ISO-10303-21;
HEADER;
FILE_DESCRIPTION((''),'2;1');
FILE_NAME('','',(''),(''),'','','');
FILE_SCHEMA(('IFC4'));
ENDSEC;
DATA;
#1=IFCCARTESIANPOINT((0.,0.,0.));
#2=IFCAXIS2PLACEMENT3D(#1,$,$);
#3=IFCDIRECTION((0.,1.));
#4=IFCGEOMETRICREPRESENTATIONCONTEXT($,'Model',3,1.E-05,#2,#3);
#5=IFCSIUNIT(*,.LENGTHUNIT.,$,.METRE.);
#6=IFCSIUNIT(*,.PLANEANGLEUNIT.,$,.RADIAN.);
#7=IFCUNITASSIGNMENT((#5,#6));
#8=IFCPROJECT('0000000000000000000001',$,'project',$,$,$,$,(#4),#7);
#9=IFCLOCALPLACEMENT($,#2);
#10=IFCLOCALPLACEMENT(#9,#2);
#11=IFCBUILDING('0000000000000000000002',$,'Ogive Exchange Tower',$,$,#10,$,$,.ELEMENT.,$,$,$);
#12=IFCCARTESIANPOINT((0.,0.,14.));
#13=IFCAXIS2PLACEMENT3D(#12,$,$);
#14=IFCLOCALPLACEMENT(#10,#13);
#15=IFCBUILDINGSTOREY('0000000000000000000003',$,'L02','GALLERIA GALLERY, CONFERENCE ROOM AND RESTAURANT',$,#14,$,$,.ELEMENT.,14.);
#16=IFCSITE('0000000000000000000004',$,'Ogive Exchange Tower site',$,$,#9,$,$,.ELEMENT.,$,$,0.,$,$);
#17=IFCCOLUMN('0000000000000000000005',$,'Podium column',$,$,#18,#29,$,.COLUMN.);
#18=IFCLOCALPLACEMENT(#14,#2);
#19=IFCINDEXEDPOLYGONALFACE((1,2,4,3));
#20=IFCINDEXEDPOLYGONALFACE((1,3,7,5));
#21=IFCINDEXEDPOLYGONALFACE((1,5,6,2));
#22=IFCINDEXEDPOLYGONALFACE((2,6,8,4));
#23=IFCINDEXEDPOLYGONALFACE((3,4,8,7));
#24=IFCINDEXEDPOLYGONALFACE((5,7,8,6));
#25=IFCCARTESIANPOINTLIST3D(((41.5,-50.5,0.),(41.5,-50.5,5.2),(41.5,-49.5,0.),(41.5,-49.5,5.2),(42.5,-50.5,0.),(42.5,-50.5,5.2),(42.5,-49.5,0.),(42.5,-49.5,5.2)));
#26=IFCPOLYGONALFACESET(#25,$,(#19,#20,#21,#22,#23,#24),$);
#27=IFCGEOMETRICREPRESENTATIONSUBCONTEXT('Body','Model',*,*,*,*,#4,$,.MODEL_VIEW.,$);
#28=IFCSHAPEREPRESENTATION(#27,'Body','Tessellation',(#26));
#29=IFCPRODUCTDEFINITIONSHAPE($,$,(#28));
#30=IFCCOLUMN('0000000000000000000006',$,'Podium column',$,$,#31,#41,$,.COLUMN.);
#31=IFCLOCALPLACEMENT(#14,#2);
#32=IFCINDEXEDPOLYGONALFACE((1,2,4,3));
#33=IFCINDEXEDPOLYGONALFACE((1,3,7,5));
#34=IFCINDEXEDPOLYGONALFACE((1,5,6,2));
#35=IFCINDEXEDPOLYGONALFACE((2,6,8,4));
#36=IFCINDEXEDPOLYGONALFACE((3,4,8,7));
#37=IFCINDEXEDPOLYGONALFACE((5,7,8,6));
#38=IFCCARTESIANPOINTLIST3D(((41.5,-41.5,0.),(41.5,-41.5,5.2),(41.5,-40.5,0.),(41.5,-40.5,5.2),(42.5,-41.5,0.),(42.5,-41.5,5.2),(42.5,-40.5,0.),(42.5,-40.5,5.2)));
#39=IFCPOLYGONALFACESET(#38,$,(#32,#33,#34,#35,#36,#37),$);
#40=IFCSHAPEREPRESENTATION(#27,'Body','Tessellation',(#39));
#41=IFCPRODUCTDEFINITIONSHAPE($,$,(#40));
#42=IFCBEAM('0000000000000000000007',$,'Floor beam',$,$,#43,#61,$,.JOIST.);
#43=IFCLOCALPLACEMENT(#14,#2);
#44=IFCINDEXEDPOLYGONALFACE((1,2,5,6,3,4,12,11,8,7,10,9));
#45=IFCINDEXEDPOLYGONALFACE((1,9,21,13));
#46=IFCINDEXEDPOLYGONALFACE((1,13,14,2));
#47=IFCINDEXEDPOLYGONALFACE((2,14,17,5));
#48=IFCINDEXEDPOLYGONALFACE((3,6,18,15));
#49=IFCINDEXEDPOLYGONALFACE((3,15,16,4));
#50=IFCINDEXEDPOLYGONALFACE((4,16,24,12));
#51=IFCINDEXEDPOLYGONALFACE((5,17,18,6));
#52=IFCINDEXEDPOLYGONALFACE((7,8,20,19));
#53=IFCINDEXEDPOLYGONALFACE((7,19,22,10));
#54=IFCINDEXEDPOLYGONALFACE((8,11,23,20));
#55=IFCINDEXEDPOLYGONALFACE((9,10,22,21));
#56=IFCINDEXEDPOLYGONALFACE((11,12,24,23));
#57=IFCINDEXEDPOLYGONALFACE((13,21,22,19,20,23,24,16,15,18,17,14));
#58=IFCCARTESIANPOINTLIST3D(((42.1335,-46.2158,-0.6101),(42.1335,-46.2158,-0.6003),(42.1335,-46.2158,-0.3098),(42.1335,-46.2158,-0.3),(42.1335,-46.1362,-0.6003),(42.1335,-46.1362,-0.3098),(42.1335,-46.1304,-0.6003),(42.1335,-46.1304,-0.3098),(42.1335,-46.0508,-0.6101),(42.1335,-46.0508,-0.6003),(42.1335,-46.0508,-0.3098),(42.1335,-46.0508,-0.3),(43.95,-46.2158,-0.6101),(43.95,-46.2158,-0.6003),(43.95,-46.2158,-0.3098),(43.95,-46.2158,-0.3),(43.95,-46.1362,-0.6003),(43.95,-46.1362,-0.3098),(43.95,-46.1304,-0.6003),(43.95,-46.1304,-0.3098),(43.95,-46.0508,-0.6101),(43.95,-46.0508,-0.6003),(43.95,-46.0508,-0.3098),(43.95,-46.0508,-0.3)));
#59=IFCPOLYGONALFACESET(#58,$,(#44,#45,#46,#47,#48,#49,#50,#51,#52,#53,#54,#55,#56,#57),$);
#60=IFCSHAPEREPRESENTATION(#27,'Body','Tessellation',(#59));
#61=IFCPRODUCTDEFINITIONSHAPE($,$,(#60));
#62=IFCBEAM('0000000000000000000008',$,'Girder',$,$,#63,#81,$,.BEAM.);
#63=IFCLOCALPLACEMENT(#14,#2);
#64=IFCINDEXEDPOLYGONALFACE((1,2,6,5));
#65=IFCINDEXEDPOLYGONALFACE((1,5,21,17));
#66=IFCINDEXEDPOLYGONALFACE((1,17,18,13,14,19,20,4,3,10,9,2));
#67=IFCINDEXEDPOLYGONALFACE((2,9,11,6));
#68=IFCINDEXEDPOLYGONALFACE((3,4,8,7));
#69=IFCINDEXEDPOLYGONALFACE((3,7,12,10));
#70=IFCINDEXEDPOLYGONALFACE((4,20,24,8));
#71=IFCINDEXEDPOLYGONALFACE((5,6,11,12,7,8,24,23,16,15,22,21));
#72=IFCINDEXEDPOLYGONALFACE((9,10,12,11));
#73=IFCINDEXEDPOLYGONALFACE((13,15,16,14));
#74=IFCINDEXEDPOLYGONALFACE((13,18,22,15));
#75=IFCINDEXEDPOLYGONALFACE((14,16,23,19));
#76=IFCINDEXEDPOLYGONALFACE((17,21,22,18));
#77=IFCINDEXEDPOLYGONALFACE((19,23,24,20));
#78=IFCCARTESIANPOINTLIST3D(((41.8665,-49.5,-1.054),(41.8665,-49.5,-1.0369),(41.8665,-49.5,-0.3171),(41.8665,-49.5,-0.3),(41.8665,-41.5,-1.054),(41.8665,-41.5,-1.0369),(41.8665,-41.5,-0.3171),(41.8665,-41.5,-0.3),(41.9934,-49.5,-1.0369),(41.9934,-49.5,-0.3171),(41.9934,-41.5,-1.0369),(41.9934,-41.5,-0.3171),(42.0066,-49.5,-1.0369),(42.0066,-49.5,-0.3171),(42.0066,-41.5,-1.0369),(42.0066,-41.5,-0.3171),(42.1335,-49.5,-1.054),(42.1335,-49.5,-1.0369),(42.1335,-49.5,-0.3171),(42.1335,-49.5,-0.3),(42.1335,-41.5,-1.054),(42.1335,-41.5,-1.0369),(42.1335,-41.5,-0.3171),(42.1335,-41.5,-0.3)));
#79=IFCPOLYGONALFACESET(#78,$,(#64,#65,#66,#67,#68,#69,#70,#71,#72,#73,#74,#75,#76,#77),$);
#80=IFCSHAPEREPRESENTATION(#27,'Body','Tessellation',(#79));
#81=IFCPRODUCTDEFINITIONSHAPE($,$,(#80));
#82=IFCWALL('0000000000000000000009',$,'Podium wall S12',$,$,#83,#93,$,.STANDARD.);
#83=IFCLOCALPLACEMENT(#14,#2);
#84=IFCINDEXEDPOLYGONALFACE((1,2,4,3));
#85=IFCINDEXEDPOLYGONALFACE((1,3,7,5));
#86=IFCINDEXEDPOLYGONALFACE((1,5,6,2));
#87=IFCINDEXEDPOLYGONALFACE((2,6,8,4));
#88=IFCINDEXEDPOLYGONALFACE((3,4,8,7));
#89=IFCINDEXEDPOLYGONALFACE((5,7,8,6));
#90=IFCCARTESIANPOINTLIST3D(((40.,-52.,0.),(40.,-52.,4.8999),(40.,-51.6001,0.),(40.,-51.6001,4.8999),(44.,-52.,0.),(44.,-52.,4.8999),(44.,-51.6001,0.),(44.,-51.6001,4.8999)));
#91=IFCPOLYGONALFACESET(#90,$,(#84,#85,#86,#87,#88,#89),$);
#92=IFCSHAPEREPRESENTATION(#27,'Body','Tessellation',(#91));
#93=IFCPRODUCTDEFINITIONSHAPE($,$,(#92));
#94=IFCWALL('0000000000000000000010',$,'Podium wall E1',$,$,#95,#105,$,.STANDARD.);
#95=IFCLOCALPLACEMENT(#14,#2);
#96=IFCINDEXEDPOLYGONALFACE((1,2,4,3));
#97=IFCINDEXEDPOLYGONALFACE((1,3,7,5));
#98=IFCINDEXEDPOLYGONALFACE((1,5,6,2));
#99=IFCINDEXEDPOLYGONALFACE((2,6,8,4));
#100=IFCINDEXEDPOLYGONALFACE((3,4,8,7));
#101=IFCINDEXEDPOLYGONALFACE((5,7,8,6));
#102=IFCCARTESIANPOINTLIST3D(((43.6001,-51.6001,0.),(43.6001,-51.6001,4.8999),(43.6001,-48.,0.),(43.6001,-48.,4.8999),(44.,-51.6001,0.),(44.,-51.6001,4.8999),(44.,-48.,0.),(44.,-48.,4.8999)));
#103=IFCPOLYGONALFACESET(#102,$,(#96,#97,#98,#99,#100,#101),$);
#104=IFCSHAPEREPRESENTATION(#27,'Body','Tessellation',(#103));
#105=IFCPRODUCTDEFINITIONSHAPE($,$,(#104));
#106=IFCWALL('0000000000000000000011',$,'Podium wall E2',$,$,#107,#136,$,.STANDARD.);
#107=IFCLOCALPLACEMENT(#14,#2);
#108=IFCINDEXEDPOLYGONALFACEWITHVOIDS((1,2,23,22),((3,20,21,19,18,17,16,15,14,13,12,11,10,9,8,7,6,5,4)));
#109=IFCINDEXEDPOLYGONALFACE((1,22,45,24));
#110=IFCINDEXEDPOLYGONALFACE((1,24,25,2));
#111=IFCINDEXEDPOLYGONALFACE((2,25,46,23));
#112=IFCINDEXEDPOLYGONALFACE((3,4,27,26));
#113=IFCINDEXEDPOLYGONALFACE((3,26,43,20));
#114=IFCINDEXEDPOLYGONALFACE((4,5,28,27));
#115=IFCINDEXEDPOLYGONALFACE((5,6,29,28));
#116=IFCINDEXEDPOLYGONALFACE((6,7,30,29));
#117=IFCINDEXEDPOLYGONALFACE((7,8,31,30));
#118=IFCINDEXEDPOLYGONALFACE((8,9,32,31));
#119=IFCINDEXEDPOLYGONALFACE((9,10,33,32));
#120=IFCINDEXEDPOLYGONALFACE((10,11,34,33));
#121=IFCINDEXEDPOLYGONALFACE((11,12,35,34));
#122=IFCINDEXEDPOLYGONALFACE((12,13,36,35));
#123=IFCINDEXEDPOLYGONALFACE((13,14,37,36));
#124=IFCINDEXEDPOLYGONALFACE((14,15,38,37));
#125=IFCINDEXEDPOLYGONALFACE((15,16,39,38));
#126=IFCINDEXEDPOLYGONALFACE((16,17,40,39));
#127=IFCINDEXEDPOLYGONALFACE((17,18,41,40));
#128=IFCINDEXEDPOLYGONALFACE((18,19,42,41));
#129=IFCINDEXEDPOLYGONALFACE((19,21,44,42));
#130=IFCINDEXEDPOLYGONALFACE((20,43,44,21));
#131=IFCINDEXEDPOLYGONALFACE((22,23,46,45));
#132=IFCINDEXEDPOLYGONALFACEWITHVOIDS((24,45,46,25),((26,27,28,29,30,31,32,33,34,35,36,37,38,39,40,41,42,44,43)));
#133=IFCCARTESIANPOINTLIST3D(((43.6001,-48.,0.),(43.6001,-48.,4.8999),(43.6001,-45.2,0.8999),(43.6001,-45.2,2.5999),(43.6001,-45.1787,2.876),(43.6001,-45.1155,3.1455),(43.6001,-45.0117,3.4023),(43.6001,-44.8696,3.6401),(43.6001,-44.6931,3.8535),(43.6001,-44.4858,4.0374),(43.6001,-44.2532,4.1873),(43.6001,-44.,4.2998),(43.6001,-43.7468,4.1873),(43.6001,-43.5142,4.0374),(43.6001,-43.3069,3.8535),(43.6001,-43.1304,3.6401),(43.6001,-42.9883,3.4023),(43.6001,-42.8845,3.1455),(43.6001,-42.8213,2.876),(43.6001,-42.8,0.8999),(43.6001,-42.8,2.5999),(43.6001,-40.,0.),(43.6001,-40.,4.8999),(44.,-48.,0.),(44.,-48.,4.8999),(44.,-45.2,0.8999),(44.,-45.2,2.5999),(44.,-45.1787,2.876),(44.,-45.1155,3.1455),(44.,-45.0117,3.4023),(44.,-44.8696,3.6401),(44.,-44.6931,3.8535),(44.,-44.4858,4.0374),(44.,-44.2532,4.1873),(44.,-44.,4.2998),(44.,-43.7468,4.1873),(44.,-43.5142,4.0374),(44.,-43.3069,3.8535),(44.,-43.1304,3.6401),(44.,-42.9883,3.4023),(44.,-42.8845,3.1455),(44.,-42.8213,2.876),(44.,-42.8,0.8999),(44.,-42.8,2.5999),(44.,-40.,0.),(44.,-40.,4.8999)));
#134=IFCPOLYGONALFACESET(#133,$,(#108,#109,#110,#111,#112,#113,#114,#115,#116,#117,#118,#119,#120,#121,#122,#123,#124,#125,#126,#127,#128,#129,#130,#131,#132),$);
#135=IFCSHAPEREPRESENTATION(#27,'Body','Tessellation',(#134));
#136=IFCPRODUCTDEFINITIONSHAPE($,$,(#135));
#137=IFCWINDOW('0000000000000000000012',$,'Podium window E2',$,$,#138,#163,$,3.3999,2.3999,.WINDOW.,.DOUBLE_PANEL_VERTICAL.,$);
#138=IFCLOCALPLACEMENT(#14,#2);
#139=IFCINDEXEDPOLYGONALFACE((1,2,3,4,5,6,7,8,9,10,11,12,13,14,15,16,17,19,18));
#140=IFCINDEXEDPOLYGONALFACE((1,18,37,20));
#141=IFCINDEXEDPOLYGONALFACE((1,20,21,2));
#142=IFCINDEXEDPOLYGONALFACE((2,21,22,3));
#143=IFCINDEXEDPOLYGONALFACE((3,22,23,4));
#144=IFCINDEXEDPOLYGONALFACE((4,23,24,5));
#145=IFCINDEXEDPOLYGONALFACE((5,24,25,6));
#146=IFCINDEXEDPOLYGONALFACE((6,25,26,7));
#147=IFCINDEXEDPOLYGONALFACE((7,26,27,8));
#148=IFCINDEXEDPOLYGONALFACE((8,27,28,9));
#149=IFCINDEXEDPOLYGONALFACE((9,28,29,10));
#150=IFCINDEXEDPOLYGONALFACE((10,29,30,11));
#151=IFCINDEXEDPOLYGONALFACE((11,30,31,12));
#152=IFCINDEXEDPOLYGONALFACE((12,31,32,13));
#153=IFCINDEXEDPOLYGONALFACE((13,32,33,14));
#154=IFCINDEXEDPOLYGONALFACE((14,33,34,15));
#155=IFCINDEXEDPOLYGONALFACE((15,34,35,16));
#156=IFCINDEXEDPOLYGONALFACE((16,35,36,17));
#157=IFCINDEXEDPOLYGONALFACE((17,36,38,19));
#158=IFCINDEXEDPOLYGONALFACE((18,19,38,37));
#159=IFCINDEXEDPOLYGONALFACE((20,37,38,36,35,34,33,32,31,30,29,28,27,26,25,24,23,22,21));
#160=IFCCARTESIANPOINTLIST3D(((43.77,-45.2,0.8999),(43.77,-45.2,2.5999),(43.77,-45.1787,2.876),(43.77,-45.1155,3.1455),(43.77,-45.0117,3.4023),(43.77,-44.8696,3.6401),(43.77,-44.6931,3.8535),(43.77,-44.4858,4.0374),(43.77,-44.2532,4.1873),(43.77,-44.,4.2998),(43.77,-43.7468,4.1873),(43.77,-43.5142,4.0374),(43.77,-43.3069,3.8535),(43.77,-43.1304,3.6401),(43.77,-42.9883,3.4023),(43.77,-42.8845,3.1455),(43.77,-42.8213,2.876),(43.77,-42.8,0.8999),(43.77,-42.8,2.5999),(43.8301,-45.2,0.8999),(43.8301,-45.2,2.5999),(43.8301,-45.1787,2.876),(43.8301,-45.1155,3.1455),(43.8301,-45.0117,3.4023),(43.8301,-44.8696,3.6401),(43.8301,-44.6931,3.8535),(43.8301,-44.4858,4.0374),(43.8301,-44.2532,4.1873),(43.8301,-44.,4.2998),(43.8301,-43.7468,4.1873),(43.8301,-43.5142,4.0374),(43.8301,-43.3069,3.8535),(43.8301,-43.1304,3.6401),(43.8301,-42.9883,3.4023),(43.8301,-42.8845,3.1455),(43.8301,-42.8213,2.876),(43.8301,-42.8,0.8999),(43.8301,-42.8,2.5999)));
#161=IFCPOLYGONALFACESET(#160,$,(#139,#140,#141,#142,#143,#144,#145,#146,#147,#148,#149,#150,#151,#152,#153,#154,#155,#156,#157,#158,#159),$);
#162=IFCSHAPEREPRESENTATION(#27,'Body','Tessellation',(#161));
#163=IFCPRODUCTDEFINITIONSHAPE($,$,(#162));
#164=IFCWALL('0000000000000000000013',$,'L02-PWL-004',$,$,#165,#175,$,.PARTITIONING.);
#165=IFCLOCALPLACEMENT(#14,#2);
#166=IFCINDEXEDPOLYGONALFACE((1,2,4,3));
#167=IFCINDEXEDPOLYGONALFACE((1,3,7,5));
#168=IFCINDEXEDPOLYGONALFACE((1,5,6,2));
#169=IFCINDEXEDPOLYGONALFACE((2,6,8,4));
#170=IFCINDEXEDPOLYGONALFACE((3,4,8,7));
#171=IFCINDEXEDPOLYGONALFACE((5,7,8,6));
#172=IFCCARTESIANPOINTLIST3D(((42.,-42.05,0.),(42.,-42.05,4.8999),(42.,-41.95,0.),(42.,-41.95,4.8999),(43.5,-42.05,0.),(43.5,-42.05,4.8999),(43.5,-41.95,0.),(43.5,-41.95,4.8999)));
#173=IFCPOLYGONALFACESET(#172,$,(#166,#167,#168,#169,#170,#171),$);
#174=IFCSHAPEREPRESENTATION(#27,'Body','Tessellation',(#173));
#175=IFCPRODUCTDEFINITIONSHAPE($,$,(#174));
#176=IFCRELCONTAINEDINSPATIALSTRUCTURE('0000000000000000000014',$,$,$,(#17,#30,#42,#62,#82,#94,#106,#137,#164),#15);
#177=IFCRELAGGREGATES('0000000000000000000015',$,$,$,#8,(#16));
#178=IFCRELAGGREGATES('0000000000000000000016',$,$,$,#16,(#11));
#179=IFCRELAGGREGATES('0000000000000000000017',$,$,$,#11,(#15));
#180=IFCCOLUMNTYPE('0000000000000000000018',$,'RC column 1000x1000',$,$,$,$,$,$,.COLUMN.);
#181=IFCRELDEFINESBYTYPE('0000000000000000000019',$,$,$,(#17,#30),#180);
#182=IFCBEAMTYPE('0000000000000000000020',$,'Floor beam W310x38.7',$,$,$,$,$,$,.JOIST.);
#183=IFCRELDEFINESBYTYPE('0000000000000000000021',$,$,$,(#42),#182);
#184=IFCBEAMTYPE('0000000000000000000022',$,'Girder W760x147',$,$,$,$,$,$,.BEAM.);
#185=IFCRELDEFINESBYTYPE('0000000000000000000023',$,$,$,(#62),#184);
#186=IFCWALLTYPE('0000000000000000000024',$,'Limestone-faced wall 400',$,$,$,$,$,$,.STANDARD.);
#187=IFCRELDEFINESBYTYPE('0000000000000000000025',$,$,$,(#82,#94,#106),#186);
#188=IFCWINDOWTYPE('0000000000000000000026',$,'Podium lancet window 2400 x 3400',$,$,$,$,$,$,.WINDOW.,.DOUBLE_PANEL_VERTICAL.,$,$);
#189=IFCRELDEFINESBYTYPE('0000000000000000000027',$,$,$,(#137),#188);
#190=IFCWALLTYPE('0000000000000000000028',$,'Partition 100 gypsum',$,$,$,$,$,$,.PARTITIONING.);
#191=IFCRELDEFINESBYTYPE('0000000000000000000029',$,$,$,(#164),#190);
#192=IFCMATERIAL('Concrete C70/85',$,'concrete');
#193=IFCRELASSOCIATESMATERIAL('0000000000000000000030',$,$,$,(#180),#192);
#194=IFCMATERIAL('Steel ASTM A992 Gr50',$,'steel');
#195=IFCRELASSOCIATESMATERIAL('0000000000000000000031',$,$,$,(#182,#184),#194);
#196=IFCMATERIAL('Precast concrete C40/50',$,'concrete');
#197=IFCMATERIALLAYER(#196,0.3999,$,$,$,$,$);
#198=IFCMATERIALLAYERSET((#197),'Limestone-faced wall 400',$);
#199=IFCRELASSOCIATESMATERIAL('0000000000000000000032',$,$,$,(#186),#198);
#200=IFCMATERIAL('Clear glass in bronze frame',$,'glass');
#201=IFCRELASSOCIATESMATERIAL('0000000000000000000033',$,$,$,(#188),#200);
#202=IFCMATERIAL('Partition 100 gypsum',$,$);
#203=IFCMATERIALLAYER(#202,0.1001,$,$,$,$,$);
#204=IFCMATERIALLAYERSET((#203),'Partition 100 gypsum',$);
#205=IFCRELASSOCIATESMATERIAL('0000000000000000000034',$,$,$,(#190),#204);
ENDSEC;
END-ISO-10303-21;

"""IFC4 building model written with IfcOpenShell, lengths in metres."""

from ifc_helpers import new_model, si_unit, direction, frame, frame_2d, origin, origin_2d, place, context, subcontext, project, spatial, polyline, rectangle, i_section, outline, extrude, material, layer, layer_set, material_profile, profile_set, type_object, element, fill, save


model = new_model("IFC4")

# Units and contexts
model_context = context("Model", 3, precision=1e-05, world=origin(), true_north=direction((0.0, 1.0)))
body_context = subcontext(model_context, "Body", "Model", "MODEL_VIEW")
ifc_project = project(units=[si_unit("LENGTHUNIT", "METRE"), si_unit("PLANEANGLEUNIT", "RADIAN")], contexts=[model_context])

# Site, building, storey
site_placement = place(None, origin())
site = spatial("IfcSite", under=ifc_project, at=site_placement, Name="Ogive Exchange Tower site", CompositionType="ELEMENT", RefElevation=0.0)
building_placement = place(site_placement, origin())
building = spatial("IfcBuilding", under=site, at=building_placement, Name="Ogive Exchange Tower", CompositionType="ELEMENT")
storey_placement = place(building_placement, frame((0.0, 0.0, 14.0)))
storey = spatial("IfcBuildingStorey", under=building, at=storey_placement, Name="L02", Description="GALLERIA GALLERY, CONFERENCE ROOM AND RESTAURANT", CompositionType="ELEMENT", Elevation=14.0)

# Columns
ifc_material_1 = material(Name="Concrete C70/85", Category="concrete")
ifc_material_profile_1 = material_profile(ifc_material_1, rectangle(XDim=1.0, YDim=1.0, at=origin_2d()), Name="RC 1000x1000")
ifc_profile_set_1 = profile_set([ifc_material_profile_1], Name="Concrete C70/85")
column_type = type_object("IfcColumnType", Name="RC column 1000x1000", PredefinedType="COLUMN", material=ifc_profile_set_1)
for number, where, z_axis, x_axis, name in (
    (1, (42.0, -50.0, 0.0), (0.0, 0.0, 1.0), (1.0, 0.0, 0.0), "Podium column"),
    (2, (42.0, -41.0, 0.0), (0.0, 0.0, 1.0), (1.0, 0.0, 0.0), "Podium column"),
):
    element("IfcColumn", number, at=place(storey_placement, frame(where, z_axis=z_axis, x_axis=x_axis)), inside=storey, type_object=column_type, Name=name, PredefinedType="COLUMN", context=body_context, shape_type="SweptSolid", body=[
        extrude(rectangle(XDim=1.0, YDim=1.0, at=origin_2d()), origin(), (0.0, 0.0, 1.0), 5.2),
    ])

# Beams
ifc_material_2 = material(Name="Steel ASTM A992 Gr50", Category="steel")
ifc_material_profile_2 = material_profile(ifc_material_2, i_section(OverallWidth=0.165, OverallDepth=0.3101, WebThickness=0.0059, FlangeThickness=0.0098, at=origin_2d()), Name="W310x38.7")
ifc_profile_set_2 = profile_set([ifc_material_profile_2], Name="Steel ASTM A992 Gr50")
beam_type_1 = type_object("IfcBeamType", Name="Floor beam W310x38.7", PredefinedType="JOIST", material=ifc_profile_set_2)
beam_1_placement = place(storey_placement, frame((42.1335, -46.1333, -0.4551), z_axis=(1.0, 0.0, 0.0), x_axis=(0.0, 1.0, 0.0)))
element("IfcBeam", 3, at=beam_1_placement, inside=storey, type_object=beam_type_1, Name="Floor beam", PredefinedType="JOIST", context=body_context, shape_type="SweptSolid", body=[
    extrude(i_section(OverallWidth=0.165, OverallDepth=0.3101, WebThickness=0.0059, FlangeThickness=0.0098, at=origin_2d()), origin(), (0.0, 0.0, 1.0), 1.8164),
])
ifc_material_profile_3 = material_profile(ifc_material_2, i_section(OverallWidth=0.2671, OverallDepth=0.7539, WebThickness=0.0132, FlangeThickness=0.0171, at=origin_2d()), Name="W760x147")
ifc_profile_set_3 = profile_set([ifc_material_profile_3], Name="Steel ASTM A992 Gr50")
beam_type_2 = type_object("IfcBeamType", Name="Girder W760x147", PredefinedType="BEAM", material=ifc_profile_set_3)
beam_2_placement = place(storey_placement, frame((42.0, -49.5, -0.677), z_axis=(0.0, 1.0, 0.0), x_axis=(-1.0, 0.0, 0.0)))
element("IfcBeam", 4, at=beam_2_placement, inside=storey, type_object=beam_type_2, Name="Girder", PredefinedType="BEAM", context=body_context, shape_type="SweptSolid", body=[
    extrude(i_section(OverallWidth=0.2671, OverallDepth=0.7539, WebThickness=0.0132, FlangeThickness=0.0171, at=origin_2d()), origin(), (0.0, 0.0, 1.0), 8.0),
])

# Walls
ifc_material_3 = material(Name="Precast concrete C40/50", Category="concrete")
ifc_layer_1 = layer(ifc_material_3, 0.3999)
ifc_layer_set_1 = layer_set([ifc_layer_1], Name="Limestone-faced wall 400")
wall_type_1 = type_object("IfcWallType", Name="Limestone-faced wall 400", PredefinedType="STANDARD", material=ifc_layer_set_1)
wall_1_placement = place(storey_placement, frame((40.0, -51.8, 0.0), z_axis=(0.0, 0.0, 1.0), x_axis=(1.0, 0.0, 0.0)))
element("IfcWall", 5, at=wall_1_placement, inside=storey, type_object=wall_type_1, Name="Podium wall S12", PredefinedType="STANDARD", context=body_context, shape_type="SweptSolid", body=[
    extrude(rectangle(XDim=4.0, YDim=0.3999, at=frame_2d((2.0, 0.0))), origin(), (0.0, 0.0, 1.0), 4.8999),
])
wall_2_placement = place(storey_placement, frame((43.8, -51.6001, 0.0), z_axis=(0.0, 0.0, 1.0), x_axis=(0.0, 1.0, 0.0)))
element("IfcWall", 6, at=wall_2_placement, inside=storey, type_object=wall_type_1, Name="Podium wall E1", PredefinedType="STANDARD", context=body_context, shape_type="SweptSolid", body=[
    extrude(rectangle(XDim=3.6001, YDim=0.3999, at=frame_2d((1.8, 0.0))), origin(), (0.0, 0.0, 1.0), 4.8999),
])

# Wall, opening, window
wall_3_placement = place(storey_placement, frame((43.8, -48.0, 0.0), z_axis=(0.0, 0.0, 1.0), x_axis=(0.0, 1.0, 0.0)))
wall_3 = element("IfcWall", 7, at=wall_3_placement, inside=storey, type_object=wall_type_1, Name="Podium wall E2", PredefinedType="STANDARD", context=body_context, shape_type="SweptSolid", body=[
    extrude(rectangle(XDim=8.0, YDim=0.3999, at=frame_2d((4.0, 0.0))), origin(), (0.0, 0.0, 1.0), 4.8999),
])
opening_1_placement = place(wall_3_placement, frame((2.8, 0.0, 0.8999)))
opening_1 = element("IfcOpeningElement", 8, at=opening_1_placement, cuts=wall_3, PredefinedType="OPENING", context=body_context, shape_type="SweptSolid", body=[
    extrude(outline(polyline([(0.0, 0.0), (2.3999, 0.0), (2.3999, 1.7), (2.3787, 1.9761), (2.3154, 2.2456), (2.2117, 2.5024), (2.0696, 2.7402), (1.8931, 2.9536), (1.6858, 3.1375), (1.4531, 3.2874), (1.2, 3.3999), (0.9468, 3.2874), (0.7141, 3.1375), (0.5068, 2.9536), (0.3303, 2.7402), (0.1882, 2.5024), (0.0845, 2.2456), (0.0212, 1.9761), (0.0, 1.7), (0.0, 0.0)])), frame((0.0, 0.21, 0.0), z_axis=(0.0, -1.0, 0.0), x_axis=(1.0, 0.0, 0.0)), (0.0, 0.0, 1.0), 0.4199),
])
ifc_material_4 = material(Name="Clear glass in bronze frame", Category="glass")
window_type = type_object("IfcWindowType", Name="Podium lancet window 2400 x 3400", PartitioningType="DOUBLE_PANEL_VERTICAL", PredefinedType="WINDOW", material=ifc_material_4)
window_placement = place(opening_1_placement, origin())
window = element("IfcWindow", 9, at=window_placement, inside=storey, type_object=window_type, Name="Podium window E2", OverallHeight=3.3999, OverallWidth=2.3999, PartitioningType="DOUBLE_PANEL_VERTICAL", PredefinedType="WINDOW", context=body_context, shape_type="SweptSolid", body=[
    extrude(outline(polyline([(0.0, 0.0), (2.3999, 0.0), (2.3999, 1.7), (2.3787, 1.9761), (2.3154, 2.2456), (2.2117, 2.5024), (2.0696, 2.7402), (1.8931, 2.9536), (1.6858, 3.1375), (1.4531, 3.2874), (1.2, 3.3999), (0.9468, 3.2874), (0.7141, 3.1375), (0.5068, 2.9536), (0.3303, 2.7402), (0.1882, 2.5024), (0.0845, 2.2456), (0.0212, 1.9761), (0.0, 1.7), (0.0, 0.0)])), frame((0.0, 0.03, 0.0), z_axis=(0.0, -1.0, 0.0), x_axis=(1.0, 0.0, 0.0)), (0.0, 0.0, 1.0), 0.0601),
])
fill(opening_1, window)

# Wall
ifc_material_5 = material(Name="Partition 100 gypsum")
ifc_layer_2 = layer(ifc_material_5, 0.1001)
ifc_layer_set_2 = layer_set([ifc_layer_2], Name="Partition 100 gypsum")
wall_type_2 = type_object("IfcWallType", Name="Partition 100 gypsum", PredefinedType="PARTITIONING", material=ifc_layer_set_2)
wall_4_placement = place(storey_placement, frame((42.0, -42.0, 0.0), z_axis=(0.0, 0.0, 1.0), x_axis=(1.0, 0.0, 0.0)))
element("IfcWall", 10, at=wall_4_placement, inside=storey, type_object=wall_type_2, Name="L02-PWL-004", PredefinedType="PARTITIONING", context=body_context, shape_type="SweptSolid", body=[
    extrude(rectangle(XDim=1.5, YDim=0.1001, at=frame_2d((0.75, 0.0))), origin(), (0.0, 0.0, 1.0), 4.8999),
])

save(model, "model.ifc")
